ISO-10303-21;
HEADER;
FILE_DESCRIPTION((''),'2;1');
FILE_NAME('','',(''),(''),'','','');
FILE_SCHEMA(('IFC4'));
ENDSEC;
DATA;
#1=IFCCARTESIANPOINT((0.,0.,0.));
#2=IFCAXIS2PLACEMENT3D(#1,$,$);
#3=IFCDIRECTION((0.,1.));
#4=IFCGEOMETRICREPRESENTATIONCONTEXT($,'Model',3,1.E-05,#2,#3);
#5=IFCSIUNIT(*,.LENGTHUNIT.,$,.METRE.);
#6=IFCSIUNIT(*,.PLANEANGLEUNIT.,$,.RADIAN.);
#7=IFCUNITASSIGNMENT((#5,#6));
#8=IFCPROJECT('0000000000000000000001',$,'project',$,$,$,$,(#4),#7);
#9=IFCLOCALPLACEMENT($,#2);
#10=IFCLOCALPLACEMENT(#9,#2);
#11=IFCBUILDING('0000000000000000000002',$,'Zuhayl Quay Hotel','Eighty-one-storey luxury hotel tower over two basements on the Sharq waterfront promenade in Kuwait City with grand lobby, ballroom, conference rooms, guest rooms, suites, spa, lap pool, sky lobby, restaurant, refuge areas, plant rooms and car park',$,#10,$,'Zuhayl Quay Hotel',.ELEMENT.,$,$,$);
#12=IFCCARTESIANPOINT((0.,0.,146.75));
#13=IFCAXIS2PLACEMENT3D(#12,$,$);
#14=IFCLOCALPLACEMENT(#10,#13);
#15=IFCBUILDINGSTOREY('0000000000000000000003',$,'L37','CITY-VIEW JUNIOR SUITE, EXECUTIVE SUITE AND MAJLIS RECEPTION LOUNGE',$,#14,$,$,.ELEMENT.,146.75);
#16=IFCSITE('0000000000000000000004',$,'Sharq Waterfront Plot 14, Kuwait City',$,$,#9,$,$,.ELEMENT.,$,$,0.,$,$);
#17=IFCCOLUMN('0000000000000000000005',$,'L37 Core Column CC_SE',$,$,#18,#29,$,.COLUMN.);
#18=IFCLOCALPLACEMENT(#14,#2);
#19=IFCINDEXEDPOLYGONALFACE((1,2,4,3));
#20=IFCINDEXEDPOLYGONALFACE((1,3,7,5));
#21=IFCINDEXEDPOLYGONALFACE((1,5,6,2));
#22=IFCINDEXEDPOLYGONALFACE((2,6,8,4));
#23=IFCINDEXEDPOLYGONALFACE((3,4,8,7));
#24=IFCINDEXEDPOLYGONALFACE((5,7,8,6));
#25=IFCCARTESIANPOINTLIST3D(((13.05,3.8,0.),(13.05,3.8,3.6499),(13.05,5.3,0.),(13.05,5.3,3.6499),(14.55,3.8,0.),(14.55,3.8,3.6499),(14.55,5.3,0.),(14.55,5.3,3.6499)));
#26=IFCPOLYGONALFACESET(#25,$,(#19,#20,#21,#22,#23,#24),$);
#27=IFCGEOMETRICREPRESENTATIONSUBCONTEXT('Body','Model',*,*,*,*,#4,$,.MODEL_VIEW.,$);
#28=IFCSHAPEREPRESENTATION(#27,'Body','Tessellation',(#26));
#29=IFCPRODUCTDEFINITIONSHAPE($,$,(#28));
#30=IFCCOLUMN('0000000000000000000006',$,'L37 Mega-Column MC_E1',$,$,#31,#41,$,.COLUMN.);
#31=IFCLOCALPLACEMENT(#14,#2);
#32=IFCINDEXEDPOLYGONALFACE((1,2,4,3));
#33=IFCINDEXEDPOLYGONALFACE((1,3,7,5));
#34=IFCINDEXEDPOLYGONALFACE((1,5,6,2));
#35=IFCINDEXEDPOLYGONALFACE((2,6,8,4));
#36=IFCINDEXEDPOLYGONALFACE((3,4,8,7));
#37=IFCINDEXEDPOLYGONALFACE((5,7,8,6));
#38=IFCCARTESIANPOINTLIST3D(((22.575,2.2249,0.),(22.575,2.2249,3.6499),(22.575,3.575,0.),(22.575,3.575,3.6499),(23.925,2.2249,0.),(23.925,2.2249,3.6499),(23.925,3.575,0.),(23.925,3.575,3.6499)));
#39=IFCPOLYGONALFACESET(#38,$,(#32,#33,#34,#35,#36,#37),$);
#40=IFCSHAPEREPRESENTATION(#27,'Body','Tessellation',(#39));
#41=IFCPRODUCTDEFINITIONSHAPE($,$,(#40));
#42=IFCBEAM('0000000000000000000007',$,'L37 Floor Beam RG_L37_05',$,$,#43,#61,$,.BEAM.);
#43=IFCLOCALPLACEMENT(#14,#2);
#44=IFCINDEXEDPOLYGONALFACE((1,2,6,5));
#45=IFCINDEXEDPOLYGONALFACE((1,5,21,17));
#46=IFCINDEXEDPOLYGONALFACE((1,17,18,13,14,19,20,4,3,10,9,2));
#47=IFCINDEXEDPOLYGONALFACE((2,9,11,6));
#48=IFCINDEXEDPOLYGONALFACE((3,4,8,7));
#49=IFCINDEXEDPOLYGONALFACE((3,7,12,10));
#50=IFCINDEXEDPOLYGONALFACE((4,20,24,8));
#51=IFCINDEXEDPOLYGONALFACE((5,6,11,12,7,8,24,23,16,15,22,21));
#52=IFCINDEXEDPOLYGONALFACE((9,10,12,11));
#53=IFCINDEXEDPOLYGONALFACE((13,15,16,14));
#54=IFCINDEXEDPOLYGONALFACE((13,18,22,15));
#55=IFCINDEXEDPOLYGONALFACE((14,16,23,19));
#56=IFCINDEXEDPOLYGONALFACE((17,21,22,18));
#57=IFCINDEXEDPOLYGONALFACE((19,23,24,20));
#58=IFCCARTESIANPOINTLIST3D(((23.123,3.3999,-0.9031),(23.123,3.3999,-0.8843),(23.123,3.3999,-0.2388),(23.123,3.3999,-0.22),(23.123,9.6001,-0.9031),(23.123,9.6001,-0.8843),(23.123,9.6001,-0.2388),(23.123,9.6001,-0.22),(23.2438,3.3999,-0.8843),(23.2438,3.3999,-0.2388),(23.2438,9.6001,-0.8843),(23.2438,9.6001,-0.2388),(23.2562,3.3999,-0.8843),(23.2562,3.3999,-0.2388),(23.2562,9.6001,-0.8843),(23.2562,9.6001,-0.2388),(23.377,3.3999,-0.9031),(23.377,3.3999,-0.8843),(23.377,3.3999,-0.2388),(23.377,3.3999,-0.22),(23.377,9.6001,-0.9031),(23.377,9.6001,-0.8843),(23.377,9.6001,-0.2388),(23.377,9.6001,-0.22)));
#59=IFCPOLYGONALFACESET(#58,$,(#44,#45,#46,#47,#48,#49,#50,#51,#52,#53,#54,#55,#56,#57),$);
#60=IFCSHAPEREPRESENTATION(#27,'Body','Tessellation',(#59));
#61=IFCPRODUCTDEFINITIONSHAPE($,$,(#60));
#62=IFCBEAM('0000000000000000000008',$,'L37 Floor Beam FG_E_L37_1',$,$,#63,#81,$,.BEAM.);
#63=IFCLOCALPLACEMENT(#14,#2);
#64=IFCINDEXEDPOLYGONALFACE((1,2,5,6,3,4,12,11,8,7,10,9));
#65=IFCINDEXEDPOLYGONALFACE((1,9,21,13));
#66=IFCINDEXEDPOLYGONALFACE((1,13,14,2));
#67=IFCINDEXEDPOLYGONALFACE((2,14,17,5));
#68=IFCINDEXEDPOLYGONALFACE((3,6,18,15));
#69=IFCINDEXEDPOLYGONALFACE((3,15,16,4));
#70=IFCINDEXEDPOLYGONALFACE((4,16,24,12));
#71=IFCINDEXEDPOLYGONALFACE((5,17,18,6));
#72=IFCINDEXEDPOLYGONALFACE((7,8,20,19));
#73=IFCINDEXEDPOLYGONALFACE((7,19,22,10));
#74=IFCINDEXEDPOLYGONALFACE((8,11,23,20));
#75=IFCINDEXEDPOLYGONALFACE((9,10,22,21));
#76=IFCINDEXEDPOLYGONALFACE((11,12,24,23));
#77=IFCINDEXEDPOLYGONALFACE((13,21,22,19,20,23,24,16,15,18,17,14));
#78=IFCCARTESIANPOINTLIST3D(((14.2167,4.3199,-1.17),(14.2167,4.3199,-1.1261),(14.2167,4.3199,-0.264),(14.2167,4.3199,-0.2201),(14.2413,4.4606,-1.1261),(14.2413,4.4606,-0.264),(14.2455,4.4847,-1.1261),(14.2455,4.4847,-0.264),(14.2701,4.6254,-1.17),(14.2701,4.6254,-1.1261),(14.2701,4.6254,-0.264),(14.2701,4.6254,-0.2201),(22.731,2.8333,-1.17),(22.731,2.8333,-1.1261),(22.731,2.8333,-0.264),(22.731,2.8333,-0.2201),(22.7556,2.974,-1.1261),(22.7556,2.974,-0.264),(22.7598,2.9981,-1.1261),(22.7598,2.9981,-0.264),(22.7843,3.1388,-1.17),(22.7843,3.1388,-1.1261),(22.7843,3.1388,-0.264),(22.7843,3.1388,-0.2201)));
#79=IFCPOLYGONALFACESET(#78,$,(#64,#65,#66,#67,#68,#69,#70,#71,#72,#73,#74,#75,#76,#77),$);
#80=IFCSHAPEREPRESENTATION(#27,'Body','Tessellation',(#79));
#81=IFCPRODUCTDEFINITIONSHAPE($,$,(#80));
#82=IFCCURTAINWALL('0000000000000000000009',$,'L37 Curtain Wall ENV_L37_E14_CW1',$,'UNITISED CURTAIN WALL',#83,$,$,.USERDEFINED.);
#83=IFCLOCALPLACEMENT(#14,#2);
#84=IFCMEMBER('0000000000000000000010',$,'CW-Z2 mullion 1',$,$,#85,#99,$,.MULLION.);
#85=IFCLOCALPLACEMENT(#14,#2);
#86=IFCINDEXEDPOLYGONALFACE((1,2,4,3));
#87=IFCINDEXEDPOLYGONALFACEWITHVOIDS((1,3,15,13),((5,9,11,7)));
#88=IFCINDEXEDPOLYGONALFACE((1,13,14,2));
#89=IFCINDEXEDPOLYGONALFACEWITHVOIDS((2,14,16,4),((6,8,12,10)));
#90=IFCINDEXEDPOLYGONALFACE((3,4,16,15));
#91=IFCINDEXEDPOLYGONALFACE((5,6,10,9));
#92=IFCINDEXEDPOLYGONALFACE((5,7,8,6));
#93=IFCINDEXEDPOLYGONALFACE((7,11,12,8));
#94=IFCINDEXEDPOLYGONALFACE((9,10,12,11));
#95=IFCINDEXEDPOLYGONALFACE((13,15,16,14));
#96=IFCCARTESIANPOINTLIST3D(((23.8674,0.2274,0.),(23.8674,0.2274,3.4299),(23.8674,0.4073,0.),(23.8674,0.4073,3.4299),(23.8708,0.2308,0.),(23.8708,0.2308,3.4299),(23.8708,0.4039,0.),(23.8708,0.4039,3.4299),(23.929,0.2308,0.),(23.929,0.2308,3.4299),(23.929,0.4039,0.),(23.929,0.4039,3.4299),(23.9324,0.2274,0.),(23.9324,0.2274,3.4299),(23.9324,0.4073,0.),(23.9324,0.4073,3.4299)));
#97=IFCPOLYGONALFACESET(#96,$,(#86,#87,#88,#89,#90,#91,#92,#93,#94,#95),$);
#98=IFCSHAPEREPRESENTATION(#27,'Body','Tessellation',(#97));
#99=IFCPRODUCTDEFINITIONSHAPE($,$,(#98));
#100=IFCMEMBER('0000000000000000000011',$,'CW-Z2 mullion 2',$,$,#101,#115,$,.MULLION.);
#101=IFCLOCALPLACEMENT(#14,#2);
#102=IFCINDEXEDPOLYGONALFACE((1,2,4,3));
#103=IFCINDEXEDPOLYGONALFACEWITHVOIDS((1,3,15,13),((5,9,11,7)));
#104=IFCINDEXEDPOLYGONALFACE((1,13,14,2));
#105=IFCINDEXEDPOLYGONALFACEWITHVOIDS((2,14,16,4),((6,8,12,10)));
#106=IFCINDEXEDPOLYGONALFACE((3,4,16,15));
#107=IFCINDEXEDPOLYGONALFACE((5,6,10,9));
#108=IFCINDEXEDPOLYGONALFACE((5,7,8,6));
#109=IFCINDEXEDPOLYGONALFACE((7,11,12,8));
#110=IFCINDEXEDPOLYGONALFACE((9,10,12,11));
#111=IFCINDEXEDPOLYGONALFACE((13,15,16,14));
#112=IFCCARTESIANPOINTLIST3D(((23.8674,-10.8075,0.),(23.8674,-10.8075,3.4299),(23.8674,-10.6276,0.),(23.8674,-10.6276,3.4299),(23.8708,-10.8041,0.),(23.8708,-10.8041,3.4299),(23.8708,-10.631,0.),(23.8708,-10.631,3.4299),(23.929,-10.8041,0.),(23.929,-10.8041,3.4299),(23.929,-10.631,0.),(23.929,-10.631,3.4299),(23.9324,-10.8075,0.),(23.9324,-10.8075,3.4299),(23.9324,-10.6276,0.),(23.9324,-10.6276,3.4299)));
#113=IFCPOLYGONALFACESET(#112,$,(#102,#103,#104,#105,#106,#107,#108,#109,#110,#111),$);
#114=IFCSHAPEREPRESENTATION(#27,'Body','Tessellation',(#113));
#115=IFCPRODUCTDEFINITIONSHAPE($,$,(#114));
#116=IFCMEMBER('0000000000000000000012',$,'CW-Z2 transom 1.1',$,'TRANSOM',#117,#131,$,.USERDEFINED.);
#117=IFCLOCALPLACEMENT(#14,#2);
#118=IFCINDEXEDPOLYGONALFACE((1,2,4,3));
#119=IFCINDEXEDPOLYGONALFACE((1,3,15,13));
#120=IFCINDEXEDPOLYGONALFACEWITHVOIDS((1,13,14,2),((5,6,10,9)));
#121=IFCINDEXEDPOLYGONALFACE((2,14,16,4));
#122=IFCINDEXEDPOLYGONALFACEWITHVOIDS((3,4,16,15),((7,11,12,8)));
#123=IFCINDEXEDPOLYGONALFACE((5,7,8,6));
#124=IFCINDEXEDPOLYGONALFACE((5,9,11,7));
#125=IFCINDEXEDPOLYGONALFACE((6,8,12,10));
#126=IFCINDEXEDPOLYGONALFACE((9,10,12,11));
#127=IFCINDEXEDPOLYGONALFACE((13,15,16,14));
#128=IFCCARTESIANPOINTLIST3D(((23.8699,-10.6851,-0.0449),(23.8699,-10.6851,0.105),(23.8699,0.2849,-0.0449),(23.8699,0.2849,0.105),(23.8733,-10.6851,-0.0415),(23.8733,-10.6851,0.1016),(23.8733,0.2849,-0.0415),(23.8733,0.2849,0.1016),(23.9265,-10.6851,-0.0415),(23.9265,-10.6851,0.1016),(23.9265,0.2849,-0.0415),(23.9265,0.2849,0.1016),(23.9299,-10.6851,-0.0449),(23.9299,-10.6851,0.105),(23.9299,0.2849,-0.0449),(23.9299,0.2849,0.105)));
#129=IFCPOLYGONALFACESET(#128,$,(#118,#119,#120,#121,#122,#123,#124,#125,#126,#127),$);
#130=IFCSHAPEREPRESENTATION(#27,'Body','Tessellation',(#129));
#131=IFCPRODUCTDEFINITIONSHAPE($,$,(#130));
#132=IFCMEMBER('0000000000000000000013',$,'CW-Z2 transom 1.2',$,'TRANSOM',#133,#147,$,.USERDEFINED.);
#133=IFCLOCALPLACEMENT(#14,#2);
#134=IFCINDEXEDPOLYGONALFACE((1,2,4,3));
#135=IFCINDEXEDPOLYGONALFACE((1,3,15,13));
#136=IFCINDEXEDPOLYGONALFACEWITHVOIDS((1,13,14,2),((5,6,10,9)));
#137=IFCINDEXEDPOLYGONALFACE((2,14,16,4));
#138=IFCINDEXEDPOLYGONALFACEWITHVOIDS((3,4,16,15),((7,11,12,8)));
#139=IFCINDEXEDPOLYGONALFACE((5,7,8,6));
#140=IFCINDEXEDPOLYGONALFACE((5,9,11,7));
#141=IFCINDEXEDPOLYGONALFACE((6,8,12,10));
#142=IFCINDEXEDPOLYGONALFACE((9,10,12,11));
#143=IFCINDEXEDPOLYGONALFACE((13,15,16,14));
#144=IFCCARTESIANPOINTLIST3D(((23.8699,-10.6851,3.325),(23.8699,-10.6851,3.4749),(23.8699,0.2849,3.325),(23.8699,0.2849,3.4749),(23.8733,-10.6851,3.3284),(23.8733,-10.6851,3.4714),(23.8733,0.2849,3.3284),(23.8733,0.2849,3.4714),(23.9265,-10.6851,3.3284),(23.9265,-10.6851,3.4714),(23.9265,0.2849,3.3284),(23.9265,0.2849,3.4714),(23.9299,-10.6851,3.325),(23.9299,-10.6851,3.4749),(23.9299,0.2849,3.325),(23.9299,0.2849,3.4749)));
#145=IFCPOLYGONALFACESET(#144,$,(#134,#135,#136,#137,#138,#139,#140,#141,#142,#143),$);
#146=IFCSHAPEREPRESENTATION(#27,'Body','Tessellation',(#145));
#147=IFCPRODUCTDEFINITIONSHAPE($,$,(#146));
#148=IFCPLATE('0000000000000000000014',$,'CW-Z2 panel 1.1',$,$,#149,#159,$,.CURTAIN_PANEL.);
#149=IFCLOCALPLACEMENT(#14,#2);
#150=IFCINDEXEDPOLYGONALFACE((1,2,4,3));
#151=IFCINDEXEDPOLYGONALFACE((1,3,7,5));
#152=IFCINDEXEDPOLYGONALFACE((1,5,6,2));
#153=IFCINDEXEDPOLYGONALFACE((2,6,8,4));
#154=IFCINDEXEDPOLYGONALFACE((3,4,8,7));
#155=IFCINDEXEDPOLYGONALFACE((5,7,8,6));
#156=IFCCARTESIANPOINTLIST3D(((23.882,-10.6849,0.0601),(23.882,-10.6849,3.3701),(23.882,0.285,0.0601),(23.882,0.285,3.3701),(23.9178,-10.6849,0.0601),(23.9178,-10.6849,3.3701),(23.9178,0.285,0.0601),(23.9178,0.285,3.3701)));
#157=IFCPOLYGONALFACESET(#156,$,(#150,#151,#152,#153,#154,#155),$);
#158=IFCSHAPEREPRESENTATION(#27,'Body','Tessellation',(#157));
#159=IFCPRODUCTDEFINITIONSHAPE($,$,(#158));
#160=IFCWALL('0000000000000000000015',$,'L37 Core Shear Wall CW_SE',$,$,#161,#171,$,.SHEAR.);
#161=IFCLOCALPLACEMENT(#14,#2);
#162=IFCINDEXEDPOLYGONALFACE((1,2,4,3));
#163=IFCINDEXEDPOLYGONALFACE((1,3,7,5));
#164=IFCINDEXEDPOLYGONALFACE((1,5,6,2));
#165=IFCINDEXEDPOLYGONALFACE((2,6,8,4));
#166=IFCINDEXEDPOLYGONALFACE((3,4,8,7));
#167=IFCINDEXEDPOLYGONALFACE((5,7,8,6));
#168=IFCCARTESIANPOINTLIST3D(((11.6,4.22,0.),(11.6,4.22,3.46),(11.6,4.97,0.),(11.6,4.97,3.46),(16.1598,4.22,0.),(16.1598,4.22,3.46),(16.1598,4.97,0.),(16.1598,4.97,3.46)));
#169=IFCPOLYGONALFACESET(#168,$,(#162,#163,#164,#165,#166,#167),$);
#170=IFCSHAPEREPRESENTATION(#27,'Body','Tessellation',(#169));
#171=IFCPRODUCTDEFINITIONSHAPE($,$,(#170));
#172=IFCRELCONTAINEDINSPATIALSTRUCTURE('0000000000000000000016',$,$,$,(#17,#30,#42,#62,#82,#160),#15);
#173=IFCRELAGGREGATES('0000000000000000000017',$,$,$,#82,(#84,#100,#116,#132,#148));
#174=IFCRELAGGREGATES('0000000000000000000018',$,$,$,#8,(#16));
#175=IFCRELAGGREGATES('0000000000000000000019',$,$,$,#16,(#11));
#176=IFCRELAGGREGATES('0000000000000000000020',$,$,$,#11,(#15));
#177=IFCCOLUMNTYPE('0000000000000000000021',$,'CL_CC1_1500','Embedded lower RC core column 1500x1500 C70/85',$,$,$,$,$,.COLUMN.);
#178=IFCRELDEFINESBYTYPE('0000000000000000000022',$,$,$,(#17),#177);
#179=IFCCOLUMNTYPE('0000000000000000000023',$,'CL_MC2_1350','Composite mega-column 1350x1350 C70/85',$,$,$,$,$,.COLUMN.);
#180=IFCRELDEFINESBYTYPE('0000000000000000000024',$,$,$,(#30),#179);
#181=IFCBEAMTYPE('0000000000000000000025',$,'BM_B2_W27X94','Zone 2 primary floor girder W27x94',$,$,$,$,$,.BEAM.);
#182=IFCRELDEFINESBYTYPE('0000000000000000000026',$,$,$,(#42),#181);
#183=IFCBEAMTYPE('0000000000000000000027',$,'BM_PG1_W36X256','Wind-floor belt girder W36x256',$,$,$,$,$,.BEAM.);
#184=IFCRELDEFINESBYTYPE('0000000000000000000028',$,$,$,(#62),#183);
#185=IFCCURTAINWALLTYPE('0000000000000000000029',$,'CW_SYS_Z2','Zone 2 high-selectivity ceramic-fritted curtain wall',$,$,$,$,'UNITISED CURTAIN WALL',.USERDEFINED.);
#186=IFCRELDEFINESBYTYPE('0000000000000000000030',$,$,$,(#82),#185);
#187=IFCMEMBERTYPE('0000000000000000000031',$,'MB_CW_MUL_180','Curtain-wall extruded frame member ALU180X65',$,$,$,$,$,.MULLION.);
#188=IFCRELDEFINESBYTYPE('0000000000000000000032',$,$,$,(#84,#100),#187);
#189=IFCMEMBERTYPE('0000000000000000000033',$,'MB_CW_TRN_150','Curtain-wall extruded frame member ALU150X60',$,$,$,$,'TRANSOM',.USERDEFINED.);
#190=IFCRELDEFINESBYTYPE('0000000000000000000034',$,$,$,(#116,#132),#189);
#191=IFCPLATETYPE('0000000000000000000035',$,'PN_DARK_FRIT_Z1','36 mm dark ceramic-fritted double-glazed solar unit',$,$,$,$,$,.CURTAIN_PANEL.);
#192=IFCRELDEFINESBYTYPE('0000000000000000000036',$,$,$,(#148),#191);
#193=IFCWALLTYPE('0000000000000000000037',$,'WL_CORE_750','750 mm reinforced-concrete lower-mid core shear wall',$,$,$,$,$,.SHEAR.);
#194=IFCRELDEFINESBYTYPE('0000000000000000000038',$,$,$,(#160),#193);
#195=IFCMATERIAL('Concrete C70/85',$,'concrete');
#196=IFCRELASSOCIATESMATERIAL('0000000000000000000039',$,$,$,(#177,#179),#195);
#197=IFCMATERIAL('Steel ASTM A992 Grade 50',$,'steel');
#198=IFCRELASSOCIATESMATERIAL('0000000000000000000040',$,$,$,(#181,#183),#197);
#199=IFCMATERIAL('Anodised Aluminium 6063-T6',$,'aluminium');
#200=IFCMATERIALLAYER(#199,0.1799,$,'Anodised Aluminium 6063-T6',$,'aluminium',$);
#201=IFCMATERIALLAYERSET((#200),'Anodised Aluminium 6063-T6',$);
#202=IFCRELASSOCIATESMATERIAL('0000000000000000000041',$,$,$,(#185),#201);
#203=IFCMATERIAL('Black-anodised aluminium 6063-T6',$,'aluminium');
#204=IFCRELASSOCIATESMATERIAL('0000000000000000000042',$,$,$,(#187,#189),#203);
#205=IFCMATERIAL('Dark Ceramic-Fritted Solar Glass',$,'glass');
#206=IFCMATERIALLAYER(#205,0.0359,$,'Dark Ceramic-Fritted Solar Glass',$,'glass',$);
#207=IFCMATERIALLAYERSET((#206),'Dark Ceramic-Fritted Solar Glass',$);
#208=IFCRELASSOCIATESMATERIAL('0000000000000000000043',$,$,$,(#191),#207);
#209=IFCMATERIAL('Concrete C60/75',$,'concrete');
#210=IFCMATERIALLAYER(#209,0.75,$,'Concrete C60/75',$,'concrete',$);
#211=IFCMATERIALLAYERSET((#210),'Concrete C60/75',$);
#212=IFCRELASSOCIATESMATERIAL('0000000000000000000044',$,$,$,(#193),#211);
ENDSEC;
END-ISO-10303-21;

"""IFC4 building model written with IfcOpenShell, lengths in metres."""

from ifc_helpers import new_model, si_unit, direction, frame, frame_2d, origin, origin_2d, place, context, subcontext, project, spatial, rectangle, hollow_rectangle, i_section, extrude, material, layer, layer_set, material_profile, profile_set, type_object, element, aggregate, save


model = new_model("IFC4")

# Units and contexts
model_context = context("Model", 3, precision=1e-05, world=origin(), true_north=direction((0.0, 1.0)))
body_context = subcontext(model_context, "Body", "Model", "MODEL_VIEW")
ifc_project = project(units=[si_unit("LENGTHUNIT", "METRE"), si_unit("PLANEANGLEUNIT", "RADIAN")], contexts=[model_context])

# Site, building, storey
site_placement = place(None, origin())
site = spatial("IfcSite", under=ifc_project, at=site_placement, Name="Sharq Waterfront Plot 14, Kuwait City", CompositionType="ELEMENT", RefElevation=0.0)
building_placement = place(site_placement, origin())
building = spatial("IfcBuilding", under=site, at=building_placement, Name="Zuhayl Quay Hotel", Description="Eighty-one-storey luxury hotel tower over two basements on the Sharq waterfront promenade in Kuwait City with grand lobby, ballroom, conference rooms, guest rooms, suites, spa, lap pool, sky lobby, restaurant, refuge areas, plant rooms and car park", LongName="Zuhayl Quay Hotel", CompositionType="ELEMENT")
storey_placement = place(building_placement, frame((0.0, 0.0, 146.75)))
storey = spatial("IfcBuildingStorey", under=building, at=storey_placement, Name="L37", Description="CITY-VIEW JUNIOR SUITE, EXECUTIVE SUITE AND MAJLIS RECEPTION LOUNGE", CompositionType="ELEMENT", Elevation=146.75)

# Columns
ifc_material_1 = material(Name="Concrete C70/85", Category="concrete")
ifc_material_profile_1 = material_profile(ifc_material_1, rectangle(XDim=1.5, YDim=1.5, at=origin_2d()), Name="RC1500X1500")
ifc_profile_set_1 = profile_set([ifc_material_profile_1], Name="Concrete C70/85")
column_type_1 = type_object("IfcColumnType", Name="CL_CC1_1500", Description="Embedded lower RC core column 1500x1500 C70/85", PredefinedType="COLUMN", material=ifc_profile_set_1)
column_1_placement = place(storey_placement, frame((13.8, 4.55, 0.0), z_axis=(0.0, 0.0, 1.0), x_axis=(1.0, 0.0, 0.0)))
element("IfcColumn", 1, at=column_1_placement, inside=storey, type_object=column_type_1, Name="L37 Core Column CC_SE", PredefinedType="COLUMN", context=body_context, shape_type="SweptSolid", body=[
    extrude(rectangle(XDim=1.5, YDim=1.5, at=origin_2d()), origin(), (0.0, 0.0, 1.0), 3.6499),
])
ifc_material_profile_2 = material_profile(ifc_material_1, rectangle(XDim=1.3501, YDim=1.3501, at=origin_2d()), Name="RC1350X1350")
ifc_profile_set_2 = profile_set([ifc_material_profile_2], Name="Concrete C70/85")
column_type_2 = type_object("IfcColumnType", Name="CL_MC2_1350", Description="Composite mega-column 1350x1350 C70/85", PredefinedType="COLUMN", material=ifc_profile_set_2)
column_2_placement = place(storey_placement, frame((23.25, 2.8999, 0.0), z_axis=(0.0, 0.0, 1.0), x_axis=(1.0, 0.0, 0.0)))
element("IfcColumn", 2, at=column_2_placement, inside=storey, type_object=column_type_2, Name="L37 Mega-Column MC_E1", PredefinedType="COLUMN", context=body_context, shape_type="SweptSolid", body=[
    extrude(rectangle(XDim=1.3501, YDim=1.3501, at=origin_2d()), origin(), (0.0, 0.0, 1.0), 3.6499),
])

# Beams
ifc_material_2 = material(Name="Steel ASTM A992 Grade 50", Category="steel")
ifc_material_profile_3 = material_profile(ifc_material_2, i_section(OverallWidth=0.2539, OverallDepth=0.6831, WebThickness=0.0125, FlangeThickness=0.0188, at=origin_2d()), Name="W27X94")
ifc_profile_set_3 = profile_set([ifc_material_profile_3], Name="Steel ASTM A992 Grade 50")
beam_type_1 = type_object("IfcBeamType", Name="BM_B2_W27X94", Description="Zone 2 primary floor girder W27x94", PredefinedType="BEAM", material=ifc_profile_set_3)
beam_1_placement = place(storey_placement, frame((23.25, 3.3999, -0.5615), z_axis=(0.0, 1.0, 0.0), x_axis=(-1.0, 0.0, 0.0)))
element("IfcBeam", 3, at=beam_1_placement, inside=storey, type_object=beam_type_1, Name="L37 Floor Beam RG_L37_05", PredefinedType="BEAM", context=body_context, shape_type="SweptSolid", body=[
    extrude(i_section(OverallWidth=0.2539, OverallDepth=0.6831, WebThickness=0.0125, FlangeThickness=0.0188, at=origin_2d()), origin(), (0.0, 0.0, 1.0), 6.2002),
])
ifc_material_profile_4 = material_profile(ifc_material_2, i_section(OverallWidth=0.3101, OverallDepth=0.95, WebThickness=0.0244, FlangeThickness=0.0439, at=origin_2d()), Name="W36X256")
ifc_profile_set_4 = profile_set([ifc_material_profile_4], Name="Steel ASTM A992 Grade 50")
beam_type_2 = type_object("IfcBeamType", Name="BM_PG1_W36X256", Description="Wind-floor belt girder W36x256", PredefinedType="BEAM", material=ifc_profile_set_4)
beam_2_placement = place(storey_placement, frame((14.2434, 4.4727, -0.6951), z_axis=(0.985097, -0.171998, 0.0), x_axis=(0.171998, 0.985097, 0.0)))
element("IfcBeam", 4, at=beam_2_placement, inside=storey, type_object=beam_type_2, Name="L37 Floor Beam FG_E_L37_1", PredefinedType="BEAM", context=body_context, shape_type="SweptSolid", body=[
    extrude(i_section(OverallWidth=0.3101, OverallDepth=0.95, WebThickness=0.0244, FlangeThickness=0.0439, at=origin_2d()), origin(), (0.0, 0.0, 1.0), 8.6431),
])

# Curtain wall, members, plate
ifc_material_3 = material(Name="Anodised Aluminium 6063-T6", Category="aluminium")
ifc_layer_1 = layer(ifc_material_3, 0.1799, Name="Anodised Aluminium 6063-T6", Category="aluminium")
ifc_layer_set_1 = layer_set([ifc_layer_1], Name="Anodised Aluminium 6063-T6")
curtain_wall_type = type_object("IfcCurtainWallType", Name="CW_SYS_Z2", Description="Zone 2 high-selectivity ceramic-fritted curtain wall", ElementType="UNITISED CURTAIN WALL", PredefinedType="USERDEFINED", material=ifc_layer_set_1)
curtain_wall_placement = place(storey_placement, origin())
curtain_wall = element("IfcCurtainWall", 5, at=curtain_wall_placement, inside=storey, type_object=curtain_wall_type, Name="L37 Curtain Wall ENV_L37_E14_CW1", ObjectType="UNITISED CURTAIN WALL", PredefinedType="USERDEFINED")
ifc_material_4 = material(Name="Black-anodised aluminium 6063-T6", Category="aluminium")
ifc_material_profile_5 = material_profile(ifc_material_4, hollow_rectangle(XDim=0.0649, YDim=0.1799, WallThickness=0.0034, at=origin_2d()), Name="ALU180X65")
ifc_profile_set_5 = profile_set([ifc_material_profile_5], Name="Black-anodised aluminium 6063-T6")
member_type_1 = type_object("IfcMemberType", Name="MB_CW_MUL_180", Description="Curtain-wall extruded frame member ALU180X65", PredefinedType="MULLION", material=ifc_profile_set_5)
member_1_placement = place(storey_placement, frame((23.8999, 0.3174, 0.0), z_axis=(0.0, 0.0, 1.0), x_axis=(1.0, 0.0, 0.0)))
member_1 = element("IfcMember", 6, at=member_1_placement, type_object=member_type_1, Name="CW-Z2 mullion 1", PredefinedType="MULLION", context=body_context, shape_type="SweptSolid", body=[
    extrude(hollow_rectangle(XDim=0.0649, YDim=0.1799, WallThickness=0.0034, at=origin_2d()), origin(), (0.0, 0.0, 1.0), 3.4299),
])
member_2_placement = place(storey_placement, frame((23.8999, -10.7175, 0.0), z_axis=(0.0, 0.0, 1.0), x_axis=(1.0, 0.0, 0.0)))
member_2 = element("IfcMember", 7, at=member_2_placement, type_object=member_type_1, Name="CW-Z2 mullion 2", PredefinedType="MULLION", context=body_context, shape_type="SweptSolid", body=[
    extrude(hollow_rectangle(XDim=0.0649, YDim=0.1799, WallThickness=0.0034, at=origin_2d()), origin(), (0.0, 0.0, 1.0), 3.4299),
])
ifc_material_profile_6 = material_profile(ifc_material_4, hollow_rectangle(XDim=0.0601, YDim=0.1499, WallThickness=0.0034, at=origin_2d()), Name="ALU150X60")
ifc_profile_set_6 = profile_set([ifc_material_profile_6], Name="Black-anodised aluminium 6063-T6")
member_type_2 = type_object("IfcMemberType", Name="MB_CW_TRN_150", Description="Curtain-wall extruded frame member ALU150X60", ElementType="TRANSOM", PredefinedType="USERDEFINED", material=ifc_profile_set_6)
member_3_placement = place(storey_placement, frame((23.8999, 0.2849, 0.03), z_axis=(0.0, -1.0, 0.0), x_axis=(1.0, 0.0, 0.0)))
member_3 = element("IfcMember", 8, at=member_3_placement, type_object=member_type_2, Name="CW-Z2 transom 1.1", ObjectType="TRANSOM", PredefinedType="USERDEFINED", context=body_context, shape_type="SweptSolid", body=[
    extrude(hollow_rectangle(XDim=0.0601, YDim=0.1499, WallThickness=0.0034, at=origin_2d()), origin(), (0.0, 0.0, 1.0), 10.97),
])
member_4_placement = place(storey_placement, frame((23.8999, 0.2849, 3.3999), z_axis=(0.0, -1.0, 0.0), x_axis=(1.0, 0.0, 0.0)))
member_4 = element("IfcMember", 9, at=member_4_placement, type_object=member_type_2, Name="CW-Z2 transom 1.2", ObjectType="TRANSOM", PredefinedType="USERDEFINED", context=body_context, shape_type="SweptSolid", body=[
    extrude(hollow_rectangle(XDim=0.0601, YDim=0.1499, WallThickness=0.0034, at=origin_2d()), origin(), (0.0, 0.0, 1.0), 10.97),
])
ifc_material_5 = material(Name="Dark Ceramic-Fritted Solar Glass", Category="glass")
ifc_layer_2 = layer(ifc_material_5, 0.0359, Name="Dark Ceramic-Fritted Solar Glass", Category="glass")
ifc_layer_set_2 = layer_set([ifc_layer_2], Name="Dark Ceramic-Fritted Solar Glass")
plate_type = type_object("IfcPlateType", Name="PN_DARK_FRIT_Z1", Description="36 mm dark ceramic-fritted double-glazed solar unit", PredefinedType="CURTAIN_PANEL", material=ifc_layer_set_2)
plate_placement = place(storey_placement, frame((23.8999, -5.2, 0.0601), z_axis=(0.0, 0.0, 1.0), x_axis=(0.0, -1.0, 0.0)))
plate = element("IfcPlate", 10, at=plate_placement, type_object=plate_type, Name="CW-Z2 panel 1.1", PredefinedType="CURTAIN_PANEL", context=body_context, shape_type="SweptSolid", body=[
    extrude(rectangle(XDim=10.97, YDim=0.0359, at=origin_2d()), origin(), (0.0, 0.0, 1.0), 3.3101),
])
aggregate(curtain_wall, [member_1, member_2, member_3, member_4, plate])

# Wall
ifc_material_6 = material(Name="Concrete C60/75", Category="concrete")
ifc_layer_3 = layer(ifc_material_6, 0.75, Name="Concrete C60/75", Category="concrete")
ifc_layer_set_3 = layer_set([ifc_layer_3], Name="Concrete C60/75")
wall_type_1 = type_object("IfcWallType", Name="WL_CORE_750", Description="750 mm reinforced-concrete lower-mid core shear wall", PredefinedType="SHEAR", material=ifc_layer_set_3)
wall_1_placement = place(storey_placement, frame((11.6001, 4.595, 0.0), z_axis=(0.0, 0.0, 1.0), x_axis=(1.0, 0.0, 0.0)))
element("IfcWall", 11, at=wall_1_placement, inside=storey, type_object=wall_type_1, Name="L37 Core Shear Wall CW_SE", PredefinedType="SHEAR", context=body_context, shape_type="SweptSolid", body=[
    extrude(rectangle(XDim=4.5598, YDim=0.75, at=frame_2d((2.2798, 0.0))), origin(), (0.0, 0.0, 1.0), 3.46),
])

save(model, "model.ifc")
